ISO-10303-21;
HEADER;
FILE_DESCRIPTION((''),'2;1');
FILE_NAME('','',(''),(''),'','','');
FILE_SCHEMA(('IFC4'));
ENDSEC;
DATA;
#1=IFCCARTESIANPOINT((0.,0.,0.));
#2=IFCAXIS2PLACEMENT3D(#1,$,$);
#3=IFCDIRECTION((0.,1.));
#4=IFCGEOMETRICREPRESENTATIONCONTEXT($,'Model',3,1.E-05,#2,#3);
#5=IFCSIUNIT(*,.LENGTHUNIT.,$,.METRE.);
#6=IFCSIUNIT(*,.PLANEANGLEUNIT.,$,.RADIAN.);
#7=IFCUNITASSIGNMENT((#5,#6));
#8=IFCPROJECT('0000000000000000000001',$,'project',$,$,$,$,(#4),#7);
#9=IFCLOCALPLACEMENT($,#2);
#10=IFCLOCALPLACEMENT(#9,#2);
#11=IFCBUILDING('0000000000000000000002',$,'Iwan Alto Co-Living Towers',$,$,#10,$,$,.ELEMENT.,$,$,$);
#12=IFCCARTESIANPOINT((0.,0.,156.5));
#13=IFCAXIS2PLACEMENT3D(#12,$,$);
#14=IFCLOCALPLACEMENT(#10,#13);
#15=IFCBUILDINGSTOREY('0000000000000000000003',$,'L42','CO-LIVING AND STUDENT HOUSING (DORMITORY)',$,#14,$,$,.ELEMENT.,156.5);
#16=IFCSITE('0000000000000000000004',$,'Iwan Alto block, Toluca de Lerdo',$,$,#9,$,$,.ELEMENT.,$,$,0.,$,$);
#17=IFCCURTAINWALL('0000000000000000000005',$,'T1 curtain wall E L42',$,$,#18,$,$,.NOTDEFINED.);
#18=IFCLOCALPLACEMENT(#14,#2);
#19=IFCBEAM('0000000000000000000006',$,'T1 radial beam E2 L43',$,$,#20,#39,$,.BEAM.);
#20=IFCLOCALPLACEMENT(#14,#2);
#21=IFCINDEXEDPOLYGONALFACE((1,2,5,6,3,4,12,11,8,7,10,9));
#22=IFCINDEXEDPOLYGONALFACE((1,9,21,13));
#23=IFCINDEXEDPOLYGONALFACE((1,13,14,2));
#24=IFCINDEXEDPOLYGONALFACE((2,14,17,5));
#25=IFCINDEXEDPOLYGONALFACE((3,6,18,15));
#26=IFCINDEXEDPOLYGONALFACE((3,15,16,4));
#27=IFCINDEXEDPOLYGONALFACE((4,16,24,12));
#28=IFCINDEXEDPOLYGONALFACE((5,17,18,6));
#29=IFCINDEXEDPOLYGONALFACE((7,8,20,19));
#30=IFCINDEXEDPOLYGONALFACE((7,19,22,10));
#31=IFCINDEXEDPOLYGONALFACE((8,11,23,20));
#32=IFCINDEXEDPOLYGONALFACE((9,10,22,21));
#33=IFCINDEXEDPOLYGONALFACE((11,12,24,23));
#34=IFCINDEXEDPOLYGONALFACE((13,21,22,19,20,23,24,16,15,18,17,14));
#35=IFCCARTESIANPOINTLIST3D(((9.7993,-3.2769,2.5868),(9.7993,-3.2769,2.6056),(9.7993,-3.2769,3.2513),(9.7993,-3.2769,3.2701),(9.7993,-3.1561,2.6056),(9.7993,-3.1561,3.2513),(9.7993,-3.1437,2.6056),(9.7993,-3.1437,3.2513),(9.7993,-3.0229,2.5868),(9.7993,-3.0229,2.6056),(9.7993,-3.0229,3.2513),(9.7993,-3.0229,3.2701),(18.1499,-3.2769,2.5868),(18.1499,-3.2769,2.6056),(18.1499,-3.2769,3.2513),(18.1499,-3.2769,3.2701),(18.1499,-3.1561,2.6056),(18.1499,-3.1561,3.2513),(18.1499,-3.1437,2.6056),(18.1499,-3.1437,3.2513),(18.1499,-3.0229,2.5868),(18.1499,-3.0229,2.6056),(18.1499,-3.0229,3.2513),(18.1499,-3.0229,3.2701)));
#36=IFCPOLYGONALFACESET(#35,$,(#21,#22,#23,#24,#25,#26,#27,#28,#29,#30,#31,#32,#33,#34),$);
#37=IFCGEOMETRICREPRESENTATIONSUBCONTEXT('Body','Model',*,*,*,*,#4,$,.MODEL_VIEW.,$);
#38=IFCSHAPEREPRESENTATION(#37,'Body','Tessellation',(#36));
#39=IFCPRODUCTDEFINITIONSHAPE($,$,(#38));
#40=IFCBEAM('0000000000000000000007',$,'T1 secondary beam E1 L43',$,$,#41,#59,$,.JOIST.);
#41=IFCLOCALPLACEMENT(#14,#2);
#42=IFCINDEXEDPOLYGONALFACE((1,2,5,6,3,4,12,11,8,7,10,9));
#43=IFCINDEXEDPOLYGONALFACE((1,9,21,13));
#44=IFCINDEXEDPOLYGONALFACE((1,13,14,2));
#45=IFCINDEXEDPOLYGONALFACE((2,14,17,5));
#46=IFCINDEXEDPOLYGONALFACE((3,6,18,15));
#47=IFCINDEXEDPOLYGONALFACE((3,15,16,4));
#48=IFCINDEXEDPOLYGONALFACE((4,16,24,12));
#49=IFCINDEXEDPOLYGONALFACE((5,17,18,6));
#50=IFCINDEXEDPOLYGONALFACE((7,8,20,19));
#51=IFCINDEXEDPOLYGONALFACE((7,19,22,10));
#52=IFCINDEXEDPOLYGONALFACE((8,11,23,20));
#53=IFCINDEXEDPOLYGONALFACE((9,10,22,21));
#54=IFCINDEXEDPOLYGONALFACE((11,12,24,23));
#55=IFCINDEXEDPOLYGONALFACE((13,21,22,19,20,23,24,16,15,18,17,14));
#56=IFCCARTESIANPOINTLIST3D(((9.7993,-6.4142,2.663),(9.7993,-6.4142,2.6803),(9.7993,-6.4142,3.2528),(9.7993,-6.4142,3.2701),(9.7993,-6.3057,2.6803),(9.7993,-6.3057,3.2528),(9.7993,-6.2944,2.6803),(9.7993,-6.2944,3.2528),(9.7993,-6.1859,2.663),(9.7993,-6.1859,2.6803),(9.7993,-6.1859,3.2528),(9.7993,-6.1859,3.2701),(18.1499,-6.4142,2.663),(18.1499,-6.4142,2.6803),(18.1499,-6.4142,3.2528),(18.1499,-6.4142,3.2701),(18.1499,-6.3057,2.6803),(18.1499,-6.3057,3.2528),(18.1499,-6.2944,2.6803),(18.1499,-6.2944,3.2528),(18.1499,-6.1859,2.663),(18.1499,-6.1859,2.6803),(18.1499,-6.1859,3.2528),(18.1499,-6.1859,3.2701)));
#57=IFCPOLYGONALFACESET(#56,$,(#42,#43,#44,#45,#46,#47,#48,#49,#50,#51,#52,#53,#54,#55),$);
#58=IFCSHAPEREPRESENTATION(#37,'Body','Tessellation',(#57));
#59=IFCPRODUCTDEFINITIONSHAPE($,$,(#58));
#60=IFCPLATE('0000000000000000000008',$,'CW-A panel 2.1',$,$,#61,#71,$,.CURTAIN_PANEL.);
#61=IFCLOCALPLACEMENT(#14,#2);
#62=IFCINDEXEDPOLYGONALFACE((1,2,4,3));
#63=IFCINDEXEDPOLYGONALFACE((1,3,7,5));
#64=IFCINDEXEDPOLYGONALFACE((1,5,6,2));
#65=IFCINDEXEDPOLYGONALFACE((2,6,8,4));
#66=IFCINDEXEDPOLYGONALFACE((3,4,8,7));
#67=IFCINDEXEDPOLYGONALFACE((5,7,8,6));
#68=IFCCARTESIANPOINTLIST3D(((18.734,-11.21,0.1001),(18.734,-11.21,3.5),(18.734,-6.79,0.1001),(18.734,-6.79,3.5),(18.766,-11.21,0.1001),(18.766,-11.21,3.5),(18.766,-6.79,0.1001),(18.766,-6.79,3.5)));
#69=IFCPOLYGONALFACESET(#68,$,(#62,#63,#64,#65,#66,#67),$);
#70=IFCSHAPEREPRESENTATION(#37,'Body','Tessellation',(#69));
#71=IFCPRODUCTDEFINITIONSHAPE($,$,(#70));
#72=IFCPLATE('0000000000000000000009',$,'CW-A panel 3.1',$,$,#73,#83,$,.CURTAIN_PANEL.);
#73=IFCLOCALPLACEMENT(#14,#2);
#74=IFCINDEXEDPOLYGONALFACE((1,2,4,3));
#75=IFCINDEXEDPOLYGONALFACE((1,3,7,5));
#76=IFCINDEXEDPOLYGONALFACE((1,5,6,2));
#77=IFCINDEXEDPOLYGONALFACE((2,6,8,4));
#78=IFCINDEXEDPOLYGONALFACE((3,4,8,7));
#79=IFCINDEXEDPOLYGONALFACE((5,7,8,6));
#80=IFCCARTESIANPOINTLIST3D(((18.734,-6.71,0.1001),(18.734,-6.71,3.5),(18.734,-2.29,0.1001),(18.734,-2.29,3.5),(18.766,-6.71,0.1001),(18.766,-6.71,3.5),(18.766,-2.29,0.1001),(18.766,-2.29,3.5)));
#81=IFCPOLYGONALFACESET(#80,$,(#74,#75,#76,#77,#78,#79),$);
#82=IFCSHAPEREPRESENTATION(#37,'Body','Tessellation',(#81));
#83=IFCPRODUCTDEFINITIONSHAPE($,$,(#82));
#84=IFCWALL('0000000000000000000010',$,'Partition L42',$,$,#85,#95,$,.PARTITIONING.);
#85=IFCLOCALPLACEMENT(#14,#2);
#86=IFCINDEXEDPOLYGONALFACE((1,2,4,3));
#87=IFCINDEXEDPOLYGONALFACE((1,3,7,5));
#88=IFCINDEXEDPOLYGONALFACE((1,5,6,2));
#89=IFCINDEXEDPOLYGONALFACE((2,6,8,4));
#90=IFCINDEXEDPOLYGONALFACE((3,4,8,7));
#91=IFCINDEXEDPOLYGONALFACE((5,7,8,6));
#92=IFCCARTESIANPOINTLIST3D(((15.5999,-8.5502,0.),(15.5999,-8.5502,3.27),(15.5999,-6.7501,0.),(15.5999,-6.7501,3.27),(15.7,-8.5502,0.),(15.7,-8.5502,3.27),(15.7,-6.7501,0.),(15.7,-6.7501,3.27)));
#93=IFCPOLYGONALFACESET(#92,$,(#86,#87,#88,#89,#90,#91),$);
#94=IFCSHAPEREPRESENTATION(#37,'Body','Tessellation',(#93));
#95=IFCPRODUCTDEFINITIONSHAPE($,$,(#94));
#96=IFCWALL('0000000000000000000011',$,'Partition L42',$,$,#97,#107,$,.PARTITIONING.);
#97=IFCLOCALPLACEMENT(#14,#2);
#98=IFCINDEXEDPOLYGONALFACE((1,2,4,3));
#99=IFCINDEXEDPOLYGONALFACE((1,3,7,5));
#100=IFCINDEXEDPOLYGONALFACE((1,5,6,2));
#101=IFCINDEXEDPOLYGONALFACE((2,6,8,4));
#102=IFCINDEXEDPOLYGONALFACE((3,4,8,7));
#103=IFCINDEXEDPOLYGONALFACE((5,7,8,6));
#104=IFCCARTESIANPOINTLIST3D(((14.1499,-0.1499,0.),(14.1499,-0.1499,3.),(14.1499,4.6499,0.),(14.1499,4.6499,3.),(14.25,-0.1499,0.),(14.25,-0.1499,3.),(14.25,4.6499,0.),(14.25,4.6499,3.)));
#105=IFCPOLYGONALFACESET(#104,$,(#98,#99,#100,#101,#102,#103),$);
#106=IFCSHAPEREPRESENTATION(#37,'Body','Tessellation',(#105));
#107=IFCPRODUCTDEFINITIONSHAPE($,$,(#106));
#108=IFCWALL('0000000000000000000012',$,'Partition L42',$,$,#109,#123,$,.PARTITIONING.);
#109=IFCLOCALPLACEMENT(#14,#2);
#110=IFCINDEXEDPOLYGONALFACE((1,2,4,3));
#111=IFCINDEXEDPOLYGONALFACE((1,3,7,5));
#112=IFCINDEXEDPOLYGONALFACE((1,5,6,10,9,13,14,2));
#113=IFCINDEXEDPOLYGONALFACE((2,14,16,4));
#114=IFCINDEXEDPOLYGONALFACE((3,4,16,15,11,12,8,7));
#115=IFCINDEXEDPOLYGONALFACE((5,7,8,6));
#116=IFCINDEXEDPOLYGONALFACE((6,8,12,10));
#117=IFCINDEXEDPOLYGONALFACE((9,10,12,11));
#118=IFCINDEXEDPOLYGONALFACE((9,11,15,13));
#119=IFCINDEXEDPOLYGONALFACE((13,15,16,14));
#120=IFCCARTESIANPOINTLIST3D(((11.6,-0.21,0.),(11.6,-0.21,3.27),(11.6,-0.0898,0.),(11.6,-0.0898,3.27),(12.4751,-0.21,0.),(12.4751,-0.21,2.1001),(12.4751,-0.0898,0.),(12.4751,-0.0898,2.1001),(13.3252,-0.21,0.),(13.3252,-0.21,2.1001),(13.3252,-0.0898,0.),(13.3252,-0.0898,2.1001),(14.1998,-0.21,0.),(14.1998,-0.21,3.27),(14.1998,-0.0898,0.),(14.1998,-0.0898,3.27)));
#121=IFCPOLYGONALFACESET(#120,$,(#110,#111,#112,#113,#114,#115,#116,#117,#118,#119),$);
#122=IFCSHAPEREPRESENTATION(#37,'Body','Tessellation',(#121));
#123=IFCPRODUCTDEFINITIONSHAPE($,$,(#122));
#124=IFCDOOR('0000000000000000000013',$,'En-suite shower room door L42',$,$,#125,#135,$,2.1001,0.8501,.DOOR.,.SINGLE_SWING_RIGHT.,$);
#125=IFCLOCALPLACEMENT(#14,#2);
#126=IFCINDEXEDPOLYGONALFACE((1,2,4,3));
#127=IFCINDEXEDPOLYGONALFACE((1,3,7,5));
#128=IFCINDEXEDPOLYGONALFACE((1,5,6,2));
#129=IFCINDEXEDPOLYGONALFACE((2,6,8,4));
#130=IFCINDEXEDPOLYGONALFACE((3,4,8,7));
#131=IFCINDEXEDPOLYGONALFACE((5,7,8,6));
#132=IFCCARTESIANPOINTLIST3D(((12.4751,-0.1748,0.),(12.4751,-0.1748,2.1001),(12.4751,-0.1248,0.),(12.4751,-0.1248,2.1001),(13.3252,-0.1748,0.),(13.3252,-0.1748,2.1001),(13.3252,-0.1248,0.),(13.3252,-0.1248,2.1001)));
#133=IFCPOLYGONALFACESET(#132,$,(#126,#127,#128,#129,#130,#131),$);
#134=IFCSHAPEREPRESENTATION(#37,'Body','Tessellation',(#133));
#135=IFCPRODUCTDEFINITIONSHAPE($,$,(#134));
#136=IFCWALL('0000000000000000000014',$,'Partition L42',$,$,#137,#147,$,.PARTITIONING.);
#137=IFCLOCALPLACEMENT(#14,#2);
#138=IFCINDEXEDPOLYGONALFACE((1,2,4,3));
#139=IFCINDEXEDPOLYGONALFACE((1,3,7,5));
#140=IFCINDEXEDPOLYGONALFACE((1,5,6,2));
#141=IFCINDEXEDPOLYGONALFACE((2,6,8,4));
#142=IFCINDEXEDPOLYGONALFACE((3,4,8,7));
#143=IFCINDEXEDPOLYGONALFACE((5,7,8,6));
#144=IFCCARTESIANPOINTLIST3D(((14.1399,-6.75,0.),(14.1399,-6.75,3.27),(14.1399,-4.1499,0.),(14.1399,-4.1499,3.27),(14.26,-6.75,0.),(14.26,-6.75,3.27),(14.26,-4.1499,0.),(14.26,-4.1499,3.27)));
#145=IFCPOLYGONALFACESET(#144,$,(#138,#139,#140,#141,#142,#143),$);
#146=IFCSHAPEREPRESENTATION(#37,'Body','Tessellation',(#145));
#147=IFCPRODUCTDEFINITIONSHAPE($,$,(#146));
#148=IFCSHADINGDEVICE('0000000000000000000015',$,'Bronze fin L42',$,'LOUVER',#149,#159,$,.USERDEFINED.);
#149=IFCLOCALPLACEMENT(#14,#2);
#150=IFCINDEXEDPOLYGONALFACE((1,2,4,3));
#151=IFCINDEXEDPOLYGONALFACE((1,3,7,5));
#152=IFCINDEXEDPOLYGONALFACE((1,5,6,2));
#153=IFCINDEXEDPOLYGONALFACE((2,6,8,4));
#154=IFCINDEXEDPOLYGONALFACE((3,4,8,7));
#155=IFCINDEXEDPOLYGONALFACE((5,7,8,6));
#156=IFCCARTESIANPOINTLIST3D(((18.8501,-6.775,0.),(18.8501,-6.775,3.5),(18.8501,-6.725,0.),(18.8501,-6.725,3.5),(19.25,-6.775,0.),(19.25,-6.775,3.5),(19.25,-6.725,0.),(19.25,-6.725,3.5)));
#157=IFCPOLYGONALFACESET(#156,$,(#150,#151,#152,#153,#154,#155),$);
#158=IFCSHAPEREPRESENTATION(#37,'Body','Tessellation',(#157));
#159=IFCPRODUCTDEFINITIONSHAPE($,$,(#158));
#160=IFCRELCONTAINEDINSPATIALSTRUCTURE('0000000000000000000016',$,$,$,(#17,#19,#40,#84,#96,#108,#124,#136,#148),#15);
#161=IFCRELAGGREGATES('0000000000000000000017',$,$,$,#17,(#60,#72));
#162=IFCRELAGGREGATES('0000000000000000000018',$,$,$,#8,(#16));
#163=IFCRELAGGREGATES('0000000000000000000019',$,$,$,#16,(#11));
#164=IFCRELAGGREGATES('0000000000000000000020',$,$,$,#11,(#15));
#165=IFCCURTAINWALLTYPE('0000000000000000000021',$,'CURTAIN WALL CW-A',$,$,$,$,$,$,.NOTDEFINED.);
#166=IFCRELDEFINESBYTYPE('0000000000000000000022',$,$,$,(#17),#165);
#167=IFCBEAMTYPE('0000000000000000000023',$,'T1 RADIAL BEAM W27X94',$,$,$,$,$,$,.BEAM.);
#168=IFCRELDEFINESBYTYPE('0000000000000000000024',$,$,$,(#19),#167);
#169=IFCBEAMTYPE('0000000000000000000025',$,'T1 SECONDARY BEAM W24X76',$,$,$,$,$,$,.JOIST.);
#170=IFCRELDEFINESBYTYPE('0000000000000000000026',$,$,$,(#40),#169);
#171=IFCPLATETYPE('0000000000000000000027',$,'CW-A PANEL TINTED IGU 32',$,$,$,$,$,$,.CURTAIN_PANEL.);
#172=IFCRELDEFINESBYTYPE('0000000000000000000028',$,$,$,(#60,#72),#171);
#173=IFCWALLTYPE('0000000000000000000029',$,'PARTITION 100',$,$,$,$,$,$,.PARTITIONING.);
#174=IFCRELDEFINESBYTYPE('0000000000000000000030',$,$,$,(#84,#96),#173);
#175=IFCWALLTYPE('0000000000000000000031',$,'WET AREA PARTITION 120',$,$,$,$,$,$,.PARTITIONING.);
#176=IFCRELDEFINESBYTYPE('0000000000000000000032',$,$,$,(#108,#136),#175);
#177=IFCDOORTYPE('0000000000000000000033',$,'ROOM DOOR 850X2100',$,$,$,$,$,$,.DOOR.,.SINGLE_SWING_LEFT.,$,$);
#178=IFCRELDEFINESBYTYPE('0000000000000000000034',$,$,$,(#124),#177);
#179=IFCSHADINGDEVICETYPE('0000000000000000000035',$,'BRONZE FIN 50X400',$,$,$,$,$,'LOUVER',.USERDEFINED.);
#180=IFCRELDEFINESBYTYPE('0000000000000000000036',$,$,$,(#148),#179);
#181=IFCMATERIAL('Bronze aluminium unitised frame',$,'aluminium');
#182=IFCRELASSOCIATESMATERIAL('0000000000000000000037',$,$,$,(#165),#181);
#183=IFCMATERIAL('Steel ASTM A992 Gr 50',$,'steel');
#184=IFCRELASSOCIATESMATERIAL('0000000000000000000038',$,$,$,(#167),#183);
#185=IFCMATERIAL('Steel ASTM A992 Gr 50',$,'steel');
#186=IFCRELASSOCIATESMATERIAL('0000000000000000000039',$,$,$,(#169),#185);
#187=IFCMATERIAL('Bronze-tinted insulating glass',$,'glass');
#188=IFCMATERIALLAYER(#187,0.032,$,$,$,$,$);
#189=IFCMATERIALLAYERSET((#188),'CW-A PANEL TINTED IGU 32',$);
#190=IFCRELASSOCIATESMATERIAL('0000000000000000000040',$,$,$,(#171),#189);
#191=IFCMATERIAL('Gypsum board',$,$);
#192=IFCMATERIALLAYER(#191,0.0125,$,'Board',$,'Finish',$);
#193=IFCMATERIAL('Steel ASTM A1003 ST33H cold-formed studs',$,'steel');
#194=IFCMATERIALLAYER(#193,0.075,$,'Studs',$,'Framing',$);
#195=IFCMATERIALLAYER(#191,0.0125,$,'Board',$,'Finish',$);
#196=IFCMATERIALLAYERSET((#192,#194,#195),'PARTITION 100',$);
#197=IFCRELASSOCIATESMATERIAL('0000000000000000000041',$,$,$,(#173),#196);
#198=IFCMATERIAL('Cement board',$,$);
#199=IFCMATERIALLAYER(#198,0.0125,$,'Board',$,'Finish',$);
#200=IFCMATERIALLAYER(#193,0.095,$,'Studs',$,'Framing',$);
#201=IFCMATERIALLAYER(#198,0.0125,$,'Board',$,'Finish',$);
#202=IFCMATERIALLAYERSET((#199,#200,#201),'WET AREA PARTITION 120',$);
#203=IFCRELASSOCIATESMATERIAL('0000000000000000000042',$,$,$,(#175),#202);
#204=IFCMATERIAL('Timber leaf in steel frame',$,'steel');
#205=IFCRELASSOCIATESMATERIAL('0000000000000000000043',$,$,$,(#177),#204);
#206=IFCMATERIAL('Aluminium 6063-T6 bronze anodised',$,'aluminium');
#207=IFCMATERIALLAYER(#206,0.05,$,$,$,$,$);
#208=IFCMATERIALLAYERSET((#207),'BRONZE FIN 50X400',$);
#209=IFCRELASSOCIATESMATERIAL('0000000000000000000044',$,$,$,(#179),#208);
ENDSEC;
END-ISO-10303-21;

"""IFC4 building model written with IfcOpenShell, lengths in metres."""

from ifc_helpers import new_model, si_unit, direction, frame, frame_2d, origin, origin_2d, place, context, subcontext, project, spatial, rectangle, i_section, extrude, material, layer, layer_set, material_profile, profile_set, type_object, element, fill, aggregate, save


model = new_model("IFC4")

# Units and contexts
model_context = context("Model", 3, precision=1e-05, world=origin(), true_north=direction((0.0, 1.0)))
body_context = subcontext(model_context, "Body", "Model", "MODEL_VIEW")
ifc_project = project(units=[si_unit("LENGTHUNIT", "METRE"), si_unit("PLANEANGLEUNIT", "RADIAN")], contexts=[model_context])

# Site, building, storey
site_placement = place(None, origin())
site = spatial("IfcSite", under=ifc_project, at=site_placement, Name="Iwan Alto block, Toluca de Lerdo", CompositionType="ELEMENT", RefElevation=0.0)
building_placement = place(site_placement, origin())
building = spatial("IfcBuilding", under=site, at=building_placement, Name="Iwan Alto Co-Living Towers", CompositionType="ELEMENT")
storey_placement = place(building_placement, frame((0.0, 0.0, 156.5)))
storey = spatial("IfcBuildingStorey", under=building, at=storey_placement, Name="L42", Description="CO-LIVING AND STUDENT HOUSING (DORMITORY)", CompositionType="ELEMENT", Elevation=156.5)

# Curtain wall
ifc_material_1 = material(Name="Bronze aluminium unitised frame", Category="aluminium")
curtain_wall_type = type_object("IfcCurtainWallType", Name="CURTAIN WALL CW-A", PredefinedType="NOTDEFINED", material=ifc_material_1)
curtain_wall_placement = place(storey_placement, origin())
curtain_wall = element("IfcCurtainWall", 1, at=curtain_wall_placement, inside=storey, type_object=curtain_wall_type, Name="T1 curtain wall E L42", PredefinedType="NOTDEFINED")

# Beams
ifc_material_2 = material(Name="Steel ASTM A992 Gr 50", Category="steel")
ifc_material_profile_1 = material_profile(ifc_material_2, i_section(OverallWidth=0.2539, OverallDepth=0.6833, WebThickness=0.0125, FlangeThickness=0.0188, at=origin_2d()), Name="W27X94")
ifc_profile_set_1 = profile_set([ifc_material_profile_1], Name="Steel ASTM A992 Gr 50")
beam_type_1 = type_object("IfcBeamType", Name="T1 RADIAL BEAM W27X94", PredefinedType="BEAM", material=ifc_profile_set_1)
for number, where, z_axis, x_axis, name in (
    (2, (18.1499, -3.1499, 2.9285), (-1.0, 0.0, 0.0), (0.0, -1.0, 0.0), "T1 radial beam E2 L43"),
):
    element("IfcBeam", number, at=place(storey_placement, frame(where, z_axis=z_axis, x_axis=x_axis)), inside=storey, type_object=beam_type_1, Name=name, PredefinedType="BEAM", context=body_context, shape_type="SweptSolid", body=[
        extrude(i_section(OverallWidth=0.2539, OverallDepth=0.6833, WebThickness=0.0125, FlangeThickness=0.0188, at=origin_2d()), origin(), (0.0, 0.0, 1.0), 8.3506),
    ])
ifc_material_3 = material(Name="Steel ASTM A992 Gr 50", Category="steel")
ifc_material_profile_2 = material_profile(ifc_material_3, i_section(OverallWidth=0.2283, OverallDepth=0.6072, WebThickness=0.0112, FlangeThickness=0.0173, at=origin_2d()), Name="W24X76")
ifc_profile_set_2 = profile_set([ifc_material_profile_2], Name="Steel ASTM A992 Gr 50")
beam_type_2 = type_object("IfcBeamType", Name="T1 SECONDARY BEAM W24X76", PredefinedType="JOIST", material=ifc_profile_set_2)
beam_1_placement = place(storey_placement, frame((18.1499, -6.3, 2.9666), z_axis=(-1.0, 0.0, 0.0), x_axis=(0.0, -1.0, 0.0)))
element("IfcBeam", 3, at=beam_1_placement, inside=storey, type_object=beam_type_2, Name="T1 secondary beam E1 L43", PredefinedType="JOIST", context=body_context, shape_type="SweptSolid", body=[
    extrude(i_section(OverallWidth=0.2283, OverallDepth=0.6072, WebThickness=0.0112, FlangeThickness=0.0173, at=origin_2d()), origin(), (0.0, 0.0, 1.0), 8.3506),
])

# Plates
ifc_material_4 = material(Name="Bronze-tinted insulating glass", Category="glass")
ifc_layer_1 = layer(ifc_material_4, 0.032)
ifc_layer_set_1 = layer_set([ifc_layer_1], Name="CW-A PANEL TINTED IGU 32")
plate_type = type_object("IfcPlateType", Name="CW-A PANEL TINTED IGU 32", PredefinedType="CURTAIN_PANEL", material=ifc_layer_set_1)
plate_1_placement = place(storey_placement, frame((18.75, -9.0, 0.1001), z_axis=(0.0, 0.0, 1.0), x_axis=(0.0, 1.0, 0.0)))
plate_1 = element("IfcPlate", 4, at=plate_1_placement, type_object=plate_type, Name="CW-A panel 2.1", PredefinedType="CURTAIN_PANEL", context=body_context, shape_type="SweptSolid", body=[
    extrude(rectangle(XDim=4.4199, YDim=0.032, at=origin_2d()), origin(), (0.0, 0.0, 1.0), 3.3999),
])
plate_2_placement = place(storey_placement, frame((18.75, -4.5, 0.1001), z_axis=(0.0, 0.0, 1.0), x_axis=(0.0, 1.0, 0.0)))
plate_2 = element("IfcPlate", 5, at=plate_2_placement, type_object=plate_type, Name="CW-A panel 3.1", PredefinedType="CURTAIN_PANEL", context=body_context, shape_type="SweptSolid", body=[
    extrude(rectangle(XDim=4.4199, YDim=0.032, at=origin_2d()), origin(), (0.0, 0.0, 1.0), 3.3999),
])
aggregate(curtain_wall, [plate_1, plate_2])

# Walls
ifc_material_5 = material(Name="Gypsum board")
ifc_layer_2 = layer(ifc_material_5, 0.0125, Name="Board", Category="Finish")
ifc_material_6 = material(Name="Steel ASTM A1003 ST33H cold-formed studs", Category="steel")
ifc_layer_3 = layer(ifc_material_6, 0.075, Name="Studs", Category="Framing")
ifc_layer_4 = layer(ifc_material_5, 0.0125, Name="Board", Category="Finish")
ifc_layer_set_2 = layer_set([ifc_layer_2, ifc_layer_3, ifc_layer_4], Name="PARTITION 100")
wall_type_1 = type_object("IfcWallType", Name="PARTITION 100", PredefinedType="PARTITIONING", material=ifc_layer_set_2)
wall_1_placement = place(storey_placement, frame((15.6499, -8.55, 0.0), z_axis=(0.0, 0.0, 1.0), x_axis=(0.0, 1.0, 0.0)))
element("IfcWall", 6, at=wall_1_placement, inside=storey, type_object=wall_type_1, Name="Partition L42", PredefinedType="PARTITIONING", context=body_context, shape_type="SweptSolid", body=[
    extrude(rectangle(XDim=1.8, YDim=0.1001, at=frame_2d((0.8999, 0.0))), origin(), (0.0, 0.0, 1.0), 3.27),
])
wall_2_placement = place(storey_placement, frame((14.2, -0.1499, 0.0), z_axis=(0.0, 0.0, 1.0), x_axis=(0.0, 1.0, 0.0)))
element("IfcWall", 7, at=wall_2_placement, inside=storey, type_object=wall_type_1, Name="Partition L42", PredefinedType="PARTITIONING", context=body_context, shape_type="SweptSolid", body=[
    extrude(rectangle(XDim=4.7998, YDim=0.1001, at=frame_2d((2.3999, 0.0))), origin(), (0.0, 0.0, 1.0), 3.0),
])

# Wall, opening, door
ifc_material_7 = material(Name="Cement board")
ifc_layer_5 = layer(ifc_material_7, 0.0125, Name="Board", Category="Finish")
ifc_layer_6 = layer(ifc_material_6, 0.095, Name="Studs", Category="Framing")
ifc_layer_7 = layer(ifc_material_7, 0.0125, Name="Board", Category="Finish")
ifc_layer_set_3 = layer_set([ifc_layer_5, ifc_layer_6, ifc_layer_7], Name="WET AREA PARTITION 120")
wall_type_2 = type_object("IfcWallType", Name="WET AREA PARTITION 120", PredefinedType="PARTITIONING", material=ifc_layer_set_3)
wall_3_placement = place(storey_placement, frame((11.6001, -0.1499, 0.0), z_axis=(0.0, 0.0, 1.0), x_axis=(1.0, 0.0, 0.0)))
wall_3 = element("IfcWall", 8, at=wall_3_placement, inside=storey, type_object=wall_type_2, Name="Partition L42", PredefinedType="PARTITIONING", context=body_context, shape_type="SweptSolid", body=[
    extrude(rectangle(XDim=2.5999, YDim=0.1201, at=frame_2d((1.2998, 0.0))), origin(), (0.0, 0.0, 1.0), 3.27),
])
opening_placement = place(wall_3_placement, frame((0.875, 0.0, 0.0)))
opening = element("IfcOpeningElement", 9, at=opening_placement, cuts=wall_3, PredefinedType="OPENING", context=body_context, shape_type="SweptSolid", body=[
    extrude(rectangle(XDim=0.8501, YDim=2.1001, at=frame_2d((0.425, 1.05))), frame((0.0, 0.0701, 0.0), z_axis=(0.0, -1.0, 0.0), x_axis=(1.0, 0.0, 0.0)), (0.0, 0.0, 1.0), 0.1401),
])
ifc_material_8 = material(Name="Timber leaf in steel frame", Category="steel")
door_type = type_object("IfcDoorType", Name="ROOM DOOR 850X2100", OperationType="SINGLE_SWING_LEFT", PredefinedType="DOOR", material=ifc_material_8)
door_placement = place(opening_placement, frame((0.8501, 0.0, 0.0), z_axis=(0.0, 0.0, 1.0), x_axis=(-1.0, 0.0, 0.0)))
door = element("IfcDoor", 10, at=door_placement, inside=storey, type_object=door_type, Name="En-suite shower room door L42", OperationType="SINGLE_SWING_RIGHT", OverallHeight=2.1001, OverallWidth=0.8501, PredefinedType="DOOR", context=body_context, shape_type="SweptSolid", body=[
    extrude(rectangle(XDim=0.8501, YDim=2.1001, at=frame_2d((0.425, 1.05))), frame((0.0, 0.0249, 0.0), z_axis=(0.0, -1.0, 0.0), x_axis=(1.0, 0.0, 0.0)), (0.0, 0.0, 1.0), 0.05),
])
fill(opening, door)

# Wall
wall_4_placement = place(storey_placement, frame((14.2, -6.75, 0.0), z_axis=(0.0, 0.0, 1.0), x_axis=(0.0, 1.0, 0.0)))
element("IfcWall", 11, at=wall_4_placement, inside=storey, type_object=wall_type_2, Name="Partition L42", PredefinedType="PARTITIONING", context=body_context, shape_type="SweptSolid", body=[
    extrude(rectangle(XDim=2.6001, YDim=0.1201, at=frame_2d((1.3, 0.0))), origin(), (0.0, 0.0, 1.0), 3.27),
])

# Shading device
ifc_material_9 = material(Name="Aluminium 6063-T6 bronze anodised", Category="aluminium")
ifc_layer_8 = layer(ifc_material_9, 0.05)
ifc_layer_set_4 = layer_set([ifc_layer_8], Name="BRONZE FIN 50X400")
shading_device_type = type_object("IfcShadingDeviceType", Name="BRONZE FIN 50X400", ElementType="LOUVER", PredefinedType="USERDEFINED", material=ifc_layer_set_4)
shading_device_placement = place(storey_placement, frame((19.05, -6.75, 0.0), z_axis=(0.0, 0.0, 1.0), x_axis=(0.0, 1.0, 0.0)))
element("IfcShadingDevice", 12, at=shading_device_placement, inside=storey, type_object=shading_device_type, Name="Bronze fin L42", ObjectType="LOUVER", PredefinedType="USERDEFINED", context=body_context, shape_type="SweptSolid", body=[
    extrude(rectangle(XDim=0.05, YDim=0.3999, at=origin_2d()), origin(), (0.0, 0.0, 1.0), 3.5),
])

save(model, "model.ifc")
